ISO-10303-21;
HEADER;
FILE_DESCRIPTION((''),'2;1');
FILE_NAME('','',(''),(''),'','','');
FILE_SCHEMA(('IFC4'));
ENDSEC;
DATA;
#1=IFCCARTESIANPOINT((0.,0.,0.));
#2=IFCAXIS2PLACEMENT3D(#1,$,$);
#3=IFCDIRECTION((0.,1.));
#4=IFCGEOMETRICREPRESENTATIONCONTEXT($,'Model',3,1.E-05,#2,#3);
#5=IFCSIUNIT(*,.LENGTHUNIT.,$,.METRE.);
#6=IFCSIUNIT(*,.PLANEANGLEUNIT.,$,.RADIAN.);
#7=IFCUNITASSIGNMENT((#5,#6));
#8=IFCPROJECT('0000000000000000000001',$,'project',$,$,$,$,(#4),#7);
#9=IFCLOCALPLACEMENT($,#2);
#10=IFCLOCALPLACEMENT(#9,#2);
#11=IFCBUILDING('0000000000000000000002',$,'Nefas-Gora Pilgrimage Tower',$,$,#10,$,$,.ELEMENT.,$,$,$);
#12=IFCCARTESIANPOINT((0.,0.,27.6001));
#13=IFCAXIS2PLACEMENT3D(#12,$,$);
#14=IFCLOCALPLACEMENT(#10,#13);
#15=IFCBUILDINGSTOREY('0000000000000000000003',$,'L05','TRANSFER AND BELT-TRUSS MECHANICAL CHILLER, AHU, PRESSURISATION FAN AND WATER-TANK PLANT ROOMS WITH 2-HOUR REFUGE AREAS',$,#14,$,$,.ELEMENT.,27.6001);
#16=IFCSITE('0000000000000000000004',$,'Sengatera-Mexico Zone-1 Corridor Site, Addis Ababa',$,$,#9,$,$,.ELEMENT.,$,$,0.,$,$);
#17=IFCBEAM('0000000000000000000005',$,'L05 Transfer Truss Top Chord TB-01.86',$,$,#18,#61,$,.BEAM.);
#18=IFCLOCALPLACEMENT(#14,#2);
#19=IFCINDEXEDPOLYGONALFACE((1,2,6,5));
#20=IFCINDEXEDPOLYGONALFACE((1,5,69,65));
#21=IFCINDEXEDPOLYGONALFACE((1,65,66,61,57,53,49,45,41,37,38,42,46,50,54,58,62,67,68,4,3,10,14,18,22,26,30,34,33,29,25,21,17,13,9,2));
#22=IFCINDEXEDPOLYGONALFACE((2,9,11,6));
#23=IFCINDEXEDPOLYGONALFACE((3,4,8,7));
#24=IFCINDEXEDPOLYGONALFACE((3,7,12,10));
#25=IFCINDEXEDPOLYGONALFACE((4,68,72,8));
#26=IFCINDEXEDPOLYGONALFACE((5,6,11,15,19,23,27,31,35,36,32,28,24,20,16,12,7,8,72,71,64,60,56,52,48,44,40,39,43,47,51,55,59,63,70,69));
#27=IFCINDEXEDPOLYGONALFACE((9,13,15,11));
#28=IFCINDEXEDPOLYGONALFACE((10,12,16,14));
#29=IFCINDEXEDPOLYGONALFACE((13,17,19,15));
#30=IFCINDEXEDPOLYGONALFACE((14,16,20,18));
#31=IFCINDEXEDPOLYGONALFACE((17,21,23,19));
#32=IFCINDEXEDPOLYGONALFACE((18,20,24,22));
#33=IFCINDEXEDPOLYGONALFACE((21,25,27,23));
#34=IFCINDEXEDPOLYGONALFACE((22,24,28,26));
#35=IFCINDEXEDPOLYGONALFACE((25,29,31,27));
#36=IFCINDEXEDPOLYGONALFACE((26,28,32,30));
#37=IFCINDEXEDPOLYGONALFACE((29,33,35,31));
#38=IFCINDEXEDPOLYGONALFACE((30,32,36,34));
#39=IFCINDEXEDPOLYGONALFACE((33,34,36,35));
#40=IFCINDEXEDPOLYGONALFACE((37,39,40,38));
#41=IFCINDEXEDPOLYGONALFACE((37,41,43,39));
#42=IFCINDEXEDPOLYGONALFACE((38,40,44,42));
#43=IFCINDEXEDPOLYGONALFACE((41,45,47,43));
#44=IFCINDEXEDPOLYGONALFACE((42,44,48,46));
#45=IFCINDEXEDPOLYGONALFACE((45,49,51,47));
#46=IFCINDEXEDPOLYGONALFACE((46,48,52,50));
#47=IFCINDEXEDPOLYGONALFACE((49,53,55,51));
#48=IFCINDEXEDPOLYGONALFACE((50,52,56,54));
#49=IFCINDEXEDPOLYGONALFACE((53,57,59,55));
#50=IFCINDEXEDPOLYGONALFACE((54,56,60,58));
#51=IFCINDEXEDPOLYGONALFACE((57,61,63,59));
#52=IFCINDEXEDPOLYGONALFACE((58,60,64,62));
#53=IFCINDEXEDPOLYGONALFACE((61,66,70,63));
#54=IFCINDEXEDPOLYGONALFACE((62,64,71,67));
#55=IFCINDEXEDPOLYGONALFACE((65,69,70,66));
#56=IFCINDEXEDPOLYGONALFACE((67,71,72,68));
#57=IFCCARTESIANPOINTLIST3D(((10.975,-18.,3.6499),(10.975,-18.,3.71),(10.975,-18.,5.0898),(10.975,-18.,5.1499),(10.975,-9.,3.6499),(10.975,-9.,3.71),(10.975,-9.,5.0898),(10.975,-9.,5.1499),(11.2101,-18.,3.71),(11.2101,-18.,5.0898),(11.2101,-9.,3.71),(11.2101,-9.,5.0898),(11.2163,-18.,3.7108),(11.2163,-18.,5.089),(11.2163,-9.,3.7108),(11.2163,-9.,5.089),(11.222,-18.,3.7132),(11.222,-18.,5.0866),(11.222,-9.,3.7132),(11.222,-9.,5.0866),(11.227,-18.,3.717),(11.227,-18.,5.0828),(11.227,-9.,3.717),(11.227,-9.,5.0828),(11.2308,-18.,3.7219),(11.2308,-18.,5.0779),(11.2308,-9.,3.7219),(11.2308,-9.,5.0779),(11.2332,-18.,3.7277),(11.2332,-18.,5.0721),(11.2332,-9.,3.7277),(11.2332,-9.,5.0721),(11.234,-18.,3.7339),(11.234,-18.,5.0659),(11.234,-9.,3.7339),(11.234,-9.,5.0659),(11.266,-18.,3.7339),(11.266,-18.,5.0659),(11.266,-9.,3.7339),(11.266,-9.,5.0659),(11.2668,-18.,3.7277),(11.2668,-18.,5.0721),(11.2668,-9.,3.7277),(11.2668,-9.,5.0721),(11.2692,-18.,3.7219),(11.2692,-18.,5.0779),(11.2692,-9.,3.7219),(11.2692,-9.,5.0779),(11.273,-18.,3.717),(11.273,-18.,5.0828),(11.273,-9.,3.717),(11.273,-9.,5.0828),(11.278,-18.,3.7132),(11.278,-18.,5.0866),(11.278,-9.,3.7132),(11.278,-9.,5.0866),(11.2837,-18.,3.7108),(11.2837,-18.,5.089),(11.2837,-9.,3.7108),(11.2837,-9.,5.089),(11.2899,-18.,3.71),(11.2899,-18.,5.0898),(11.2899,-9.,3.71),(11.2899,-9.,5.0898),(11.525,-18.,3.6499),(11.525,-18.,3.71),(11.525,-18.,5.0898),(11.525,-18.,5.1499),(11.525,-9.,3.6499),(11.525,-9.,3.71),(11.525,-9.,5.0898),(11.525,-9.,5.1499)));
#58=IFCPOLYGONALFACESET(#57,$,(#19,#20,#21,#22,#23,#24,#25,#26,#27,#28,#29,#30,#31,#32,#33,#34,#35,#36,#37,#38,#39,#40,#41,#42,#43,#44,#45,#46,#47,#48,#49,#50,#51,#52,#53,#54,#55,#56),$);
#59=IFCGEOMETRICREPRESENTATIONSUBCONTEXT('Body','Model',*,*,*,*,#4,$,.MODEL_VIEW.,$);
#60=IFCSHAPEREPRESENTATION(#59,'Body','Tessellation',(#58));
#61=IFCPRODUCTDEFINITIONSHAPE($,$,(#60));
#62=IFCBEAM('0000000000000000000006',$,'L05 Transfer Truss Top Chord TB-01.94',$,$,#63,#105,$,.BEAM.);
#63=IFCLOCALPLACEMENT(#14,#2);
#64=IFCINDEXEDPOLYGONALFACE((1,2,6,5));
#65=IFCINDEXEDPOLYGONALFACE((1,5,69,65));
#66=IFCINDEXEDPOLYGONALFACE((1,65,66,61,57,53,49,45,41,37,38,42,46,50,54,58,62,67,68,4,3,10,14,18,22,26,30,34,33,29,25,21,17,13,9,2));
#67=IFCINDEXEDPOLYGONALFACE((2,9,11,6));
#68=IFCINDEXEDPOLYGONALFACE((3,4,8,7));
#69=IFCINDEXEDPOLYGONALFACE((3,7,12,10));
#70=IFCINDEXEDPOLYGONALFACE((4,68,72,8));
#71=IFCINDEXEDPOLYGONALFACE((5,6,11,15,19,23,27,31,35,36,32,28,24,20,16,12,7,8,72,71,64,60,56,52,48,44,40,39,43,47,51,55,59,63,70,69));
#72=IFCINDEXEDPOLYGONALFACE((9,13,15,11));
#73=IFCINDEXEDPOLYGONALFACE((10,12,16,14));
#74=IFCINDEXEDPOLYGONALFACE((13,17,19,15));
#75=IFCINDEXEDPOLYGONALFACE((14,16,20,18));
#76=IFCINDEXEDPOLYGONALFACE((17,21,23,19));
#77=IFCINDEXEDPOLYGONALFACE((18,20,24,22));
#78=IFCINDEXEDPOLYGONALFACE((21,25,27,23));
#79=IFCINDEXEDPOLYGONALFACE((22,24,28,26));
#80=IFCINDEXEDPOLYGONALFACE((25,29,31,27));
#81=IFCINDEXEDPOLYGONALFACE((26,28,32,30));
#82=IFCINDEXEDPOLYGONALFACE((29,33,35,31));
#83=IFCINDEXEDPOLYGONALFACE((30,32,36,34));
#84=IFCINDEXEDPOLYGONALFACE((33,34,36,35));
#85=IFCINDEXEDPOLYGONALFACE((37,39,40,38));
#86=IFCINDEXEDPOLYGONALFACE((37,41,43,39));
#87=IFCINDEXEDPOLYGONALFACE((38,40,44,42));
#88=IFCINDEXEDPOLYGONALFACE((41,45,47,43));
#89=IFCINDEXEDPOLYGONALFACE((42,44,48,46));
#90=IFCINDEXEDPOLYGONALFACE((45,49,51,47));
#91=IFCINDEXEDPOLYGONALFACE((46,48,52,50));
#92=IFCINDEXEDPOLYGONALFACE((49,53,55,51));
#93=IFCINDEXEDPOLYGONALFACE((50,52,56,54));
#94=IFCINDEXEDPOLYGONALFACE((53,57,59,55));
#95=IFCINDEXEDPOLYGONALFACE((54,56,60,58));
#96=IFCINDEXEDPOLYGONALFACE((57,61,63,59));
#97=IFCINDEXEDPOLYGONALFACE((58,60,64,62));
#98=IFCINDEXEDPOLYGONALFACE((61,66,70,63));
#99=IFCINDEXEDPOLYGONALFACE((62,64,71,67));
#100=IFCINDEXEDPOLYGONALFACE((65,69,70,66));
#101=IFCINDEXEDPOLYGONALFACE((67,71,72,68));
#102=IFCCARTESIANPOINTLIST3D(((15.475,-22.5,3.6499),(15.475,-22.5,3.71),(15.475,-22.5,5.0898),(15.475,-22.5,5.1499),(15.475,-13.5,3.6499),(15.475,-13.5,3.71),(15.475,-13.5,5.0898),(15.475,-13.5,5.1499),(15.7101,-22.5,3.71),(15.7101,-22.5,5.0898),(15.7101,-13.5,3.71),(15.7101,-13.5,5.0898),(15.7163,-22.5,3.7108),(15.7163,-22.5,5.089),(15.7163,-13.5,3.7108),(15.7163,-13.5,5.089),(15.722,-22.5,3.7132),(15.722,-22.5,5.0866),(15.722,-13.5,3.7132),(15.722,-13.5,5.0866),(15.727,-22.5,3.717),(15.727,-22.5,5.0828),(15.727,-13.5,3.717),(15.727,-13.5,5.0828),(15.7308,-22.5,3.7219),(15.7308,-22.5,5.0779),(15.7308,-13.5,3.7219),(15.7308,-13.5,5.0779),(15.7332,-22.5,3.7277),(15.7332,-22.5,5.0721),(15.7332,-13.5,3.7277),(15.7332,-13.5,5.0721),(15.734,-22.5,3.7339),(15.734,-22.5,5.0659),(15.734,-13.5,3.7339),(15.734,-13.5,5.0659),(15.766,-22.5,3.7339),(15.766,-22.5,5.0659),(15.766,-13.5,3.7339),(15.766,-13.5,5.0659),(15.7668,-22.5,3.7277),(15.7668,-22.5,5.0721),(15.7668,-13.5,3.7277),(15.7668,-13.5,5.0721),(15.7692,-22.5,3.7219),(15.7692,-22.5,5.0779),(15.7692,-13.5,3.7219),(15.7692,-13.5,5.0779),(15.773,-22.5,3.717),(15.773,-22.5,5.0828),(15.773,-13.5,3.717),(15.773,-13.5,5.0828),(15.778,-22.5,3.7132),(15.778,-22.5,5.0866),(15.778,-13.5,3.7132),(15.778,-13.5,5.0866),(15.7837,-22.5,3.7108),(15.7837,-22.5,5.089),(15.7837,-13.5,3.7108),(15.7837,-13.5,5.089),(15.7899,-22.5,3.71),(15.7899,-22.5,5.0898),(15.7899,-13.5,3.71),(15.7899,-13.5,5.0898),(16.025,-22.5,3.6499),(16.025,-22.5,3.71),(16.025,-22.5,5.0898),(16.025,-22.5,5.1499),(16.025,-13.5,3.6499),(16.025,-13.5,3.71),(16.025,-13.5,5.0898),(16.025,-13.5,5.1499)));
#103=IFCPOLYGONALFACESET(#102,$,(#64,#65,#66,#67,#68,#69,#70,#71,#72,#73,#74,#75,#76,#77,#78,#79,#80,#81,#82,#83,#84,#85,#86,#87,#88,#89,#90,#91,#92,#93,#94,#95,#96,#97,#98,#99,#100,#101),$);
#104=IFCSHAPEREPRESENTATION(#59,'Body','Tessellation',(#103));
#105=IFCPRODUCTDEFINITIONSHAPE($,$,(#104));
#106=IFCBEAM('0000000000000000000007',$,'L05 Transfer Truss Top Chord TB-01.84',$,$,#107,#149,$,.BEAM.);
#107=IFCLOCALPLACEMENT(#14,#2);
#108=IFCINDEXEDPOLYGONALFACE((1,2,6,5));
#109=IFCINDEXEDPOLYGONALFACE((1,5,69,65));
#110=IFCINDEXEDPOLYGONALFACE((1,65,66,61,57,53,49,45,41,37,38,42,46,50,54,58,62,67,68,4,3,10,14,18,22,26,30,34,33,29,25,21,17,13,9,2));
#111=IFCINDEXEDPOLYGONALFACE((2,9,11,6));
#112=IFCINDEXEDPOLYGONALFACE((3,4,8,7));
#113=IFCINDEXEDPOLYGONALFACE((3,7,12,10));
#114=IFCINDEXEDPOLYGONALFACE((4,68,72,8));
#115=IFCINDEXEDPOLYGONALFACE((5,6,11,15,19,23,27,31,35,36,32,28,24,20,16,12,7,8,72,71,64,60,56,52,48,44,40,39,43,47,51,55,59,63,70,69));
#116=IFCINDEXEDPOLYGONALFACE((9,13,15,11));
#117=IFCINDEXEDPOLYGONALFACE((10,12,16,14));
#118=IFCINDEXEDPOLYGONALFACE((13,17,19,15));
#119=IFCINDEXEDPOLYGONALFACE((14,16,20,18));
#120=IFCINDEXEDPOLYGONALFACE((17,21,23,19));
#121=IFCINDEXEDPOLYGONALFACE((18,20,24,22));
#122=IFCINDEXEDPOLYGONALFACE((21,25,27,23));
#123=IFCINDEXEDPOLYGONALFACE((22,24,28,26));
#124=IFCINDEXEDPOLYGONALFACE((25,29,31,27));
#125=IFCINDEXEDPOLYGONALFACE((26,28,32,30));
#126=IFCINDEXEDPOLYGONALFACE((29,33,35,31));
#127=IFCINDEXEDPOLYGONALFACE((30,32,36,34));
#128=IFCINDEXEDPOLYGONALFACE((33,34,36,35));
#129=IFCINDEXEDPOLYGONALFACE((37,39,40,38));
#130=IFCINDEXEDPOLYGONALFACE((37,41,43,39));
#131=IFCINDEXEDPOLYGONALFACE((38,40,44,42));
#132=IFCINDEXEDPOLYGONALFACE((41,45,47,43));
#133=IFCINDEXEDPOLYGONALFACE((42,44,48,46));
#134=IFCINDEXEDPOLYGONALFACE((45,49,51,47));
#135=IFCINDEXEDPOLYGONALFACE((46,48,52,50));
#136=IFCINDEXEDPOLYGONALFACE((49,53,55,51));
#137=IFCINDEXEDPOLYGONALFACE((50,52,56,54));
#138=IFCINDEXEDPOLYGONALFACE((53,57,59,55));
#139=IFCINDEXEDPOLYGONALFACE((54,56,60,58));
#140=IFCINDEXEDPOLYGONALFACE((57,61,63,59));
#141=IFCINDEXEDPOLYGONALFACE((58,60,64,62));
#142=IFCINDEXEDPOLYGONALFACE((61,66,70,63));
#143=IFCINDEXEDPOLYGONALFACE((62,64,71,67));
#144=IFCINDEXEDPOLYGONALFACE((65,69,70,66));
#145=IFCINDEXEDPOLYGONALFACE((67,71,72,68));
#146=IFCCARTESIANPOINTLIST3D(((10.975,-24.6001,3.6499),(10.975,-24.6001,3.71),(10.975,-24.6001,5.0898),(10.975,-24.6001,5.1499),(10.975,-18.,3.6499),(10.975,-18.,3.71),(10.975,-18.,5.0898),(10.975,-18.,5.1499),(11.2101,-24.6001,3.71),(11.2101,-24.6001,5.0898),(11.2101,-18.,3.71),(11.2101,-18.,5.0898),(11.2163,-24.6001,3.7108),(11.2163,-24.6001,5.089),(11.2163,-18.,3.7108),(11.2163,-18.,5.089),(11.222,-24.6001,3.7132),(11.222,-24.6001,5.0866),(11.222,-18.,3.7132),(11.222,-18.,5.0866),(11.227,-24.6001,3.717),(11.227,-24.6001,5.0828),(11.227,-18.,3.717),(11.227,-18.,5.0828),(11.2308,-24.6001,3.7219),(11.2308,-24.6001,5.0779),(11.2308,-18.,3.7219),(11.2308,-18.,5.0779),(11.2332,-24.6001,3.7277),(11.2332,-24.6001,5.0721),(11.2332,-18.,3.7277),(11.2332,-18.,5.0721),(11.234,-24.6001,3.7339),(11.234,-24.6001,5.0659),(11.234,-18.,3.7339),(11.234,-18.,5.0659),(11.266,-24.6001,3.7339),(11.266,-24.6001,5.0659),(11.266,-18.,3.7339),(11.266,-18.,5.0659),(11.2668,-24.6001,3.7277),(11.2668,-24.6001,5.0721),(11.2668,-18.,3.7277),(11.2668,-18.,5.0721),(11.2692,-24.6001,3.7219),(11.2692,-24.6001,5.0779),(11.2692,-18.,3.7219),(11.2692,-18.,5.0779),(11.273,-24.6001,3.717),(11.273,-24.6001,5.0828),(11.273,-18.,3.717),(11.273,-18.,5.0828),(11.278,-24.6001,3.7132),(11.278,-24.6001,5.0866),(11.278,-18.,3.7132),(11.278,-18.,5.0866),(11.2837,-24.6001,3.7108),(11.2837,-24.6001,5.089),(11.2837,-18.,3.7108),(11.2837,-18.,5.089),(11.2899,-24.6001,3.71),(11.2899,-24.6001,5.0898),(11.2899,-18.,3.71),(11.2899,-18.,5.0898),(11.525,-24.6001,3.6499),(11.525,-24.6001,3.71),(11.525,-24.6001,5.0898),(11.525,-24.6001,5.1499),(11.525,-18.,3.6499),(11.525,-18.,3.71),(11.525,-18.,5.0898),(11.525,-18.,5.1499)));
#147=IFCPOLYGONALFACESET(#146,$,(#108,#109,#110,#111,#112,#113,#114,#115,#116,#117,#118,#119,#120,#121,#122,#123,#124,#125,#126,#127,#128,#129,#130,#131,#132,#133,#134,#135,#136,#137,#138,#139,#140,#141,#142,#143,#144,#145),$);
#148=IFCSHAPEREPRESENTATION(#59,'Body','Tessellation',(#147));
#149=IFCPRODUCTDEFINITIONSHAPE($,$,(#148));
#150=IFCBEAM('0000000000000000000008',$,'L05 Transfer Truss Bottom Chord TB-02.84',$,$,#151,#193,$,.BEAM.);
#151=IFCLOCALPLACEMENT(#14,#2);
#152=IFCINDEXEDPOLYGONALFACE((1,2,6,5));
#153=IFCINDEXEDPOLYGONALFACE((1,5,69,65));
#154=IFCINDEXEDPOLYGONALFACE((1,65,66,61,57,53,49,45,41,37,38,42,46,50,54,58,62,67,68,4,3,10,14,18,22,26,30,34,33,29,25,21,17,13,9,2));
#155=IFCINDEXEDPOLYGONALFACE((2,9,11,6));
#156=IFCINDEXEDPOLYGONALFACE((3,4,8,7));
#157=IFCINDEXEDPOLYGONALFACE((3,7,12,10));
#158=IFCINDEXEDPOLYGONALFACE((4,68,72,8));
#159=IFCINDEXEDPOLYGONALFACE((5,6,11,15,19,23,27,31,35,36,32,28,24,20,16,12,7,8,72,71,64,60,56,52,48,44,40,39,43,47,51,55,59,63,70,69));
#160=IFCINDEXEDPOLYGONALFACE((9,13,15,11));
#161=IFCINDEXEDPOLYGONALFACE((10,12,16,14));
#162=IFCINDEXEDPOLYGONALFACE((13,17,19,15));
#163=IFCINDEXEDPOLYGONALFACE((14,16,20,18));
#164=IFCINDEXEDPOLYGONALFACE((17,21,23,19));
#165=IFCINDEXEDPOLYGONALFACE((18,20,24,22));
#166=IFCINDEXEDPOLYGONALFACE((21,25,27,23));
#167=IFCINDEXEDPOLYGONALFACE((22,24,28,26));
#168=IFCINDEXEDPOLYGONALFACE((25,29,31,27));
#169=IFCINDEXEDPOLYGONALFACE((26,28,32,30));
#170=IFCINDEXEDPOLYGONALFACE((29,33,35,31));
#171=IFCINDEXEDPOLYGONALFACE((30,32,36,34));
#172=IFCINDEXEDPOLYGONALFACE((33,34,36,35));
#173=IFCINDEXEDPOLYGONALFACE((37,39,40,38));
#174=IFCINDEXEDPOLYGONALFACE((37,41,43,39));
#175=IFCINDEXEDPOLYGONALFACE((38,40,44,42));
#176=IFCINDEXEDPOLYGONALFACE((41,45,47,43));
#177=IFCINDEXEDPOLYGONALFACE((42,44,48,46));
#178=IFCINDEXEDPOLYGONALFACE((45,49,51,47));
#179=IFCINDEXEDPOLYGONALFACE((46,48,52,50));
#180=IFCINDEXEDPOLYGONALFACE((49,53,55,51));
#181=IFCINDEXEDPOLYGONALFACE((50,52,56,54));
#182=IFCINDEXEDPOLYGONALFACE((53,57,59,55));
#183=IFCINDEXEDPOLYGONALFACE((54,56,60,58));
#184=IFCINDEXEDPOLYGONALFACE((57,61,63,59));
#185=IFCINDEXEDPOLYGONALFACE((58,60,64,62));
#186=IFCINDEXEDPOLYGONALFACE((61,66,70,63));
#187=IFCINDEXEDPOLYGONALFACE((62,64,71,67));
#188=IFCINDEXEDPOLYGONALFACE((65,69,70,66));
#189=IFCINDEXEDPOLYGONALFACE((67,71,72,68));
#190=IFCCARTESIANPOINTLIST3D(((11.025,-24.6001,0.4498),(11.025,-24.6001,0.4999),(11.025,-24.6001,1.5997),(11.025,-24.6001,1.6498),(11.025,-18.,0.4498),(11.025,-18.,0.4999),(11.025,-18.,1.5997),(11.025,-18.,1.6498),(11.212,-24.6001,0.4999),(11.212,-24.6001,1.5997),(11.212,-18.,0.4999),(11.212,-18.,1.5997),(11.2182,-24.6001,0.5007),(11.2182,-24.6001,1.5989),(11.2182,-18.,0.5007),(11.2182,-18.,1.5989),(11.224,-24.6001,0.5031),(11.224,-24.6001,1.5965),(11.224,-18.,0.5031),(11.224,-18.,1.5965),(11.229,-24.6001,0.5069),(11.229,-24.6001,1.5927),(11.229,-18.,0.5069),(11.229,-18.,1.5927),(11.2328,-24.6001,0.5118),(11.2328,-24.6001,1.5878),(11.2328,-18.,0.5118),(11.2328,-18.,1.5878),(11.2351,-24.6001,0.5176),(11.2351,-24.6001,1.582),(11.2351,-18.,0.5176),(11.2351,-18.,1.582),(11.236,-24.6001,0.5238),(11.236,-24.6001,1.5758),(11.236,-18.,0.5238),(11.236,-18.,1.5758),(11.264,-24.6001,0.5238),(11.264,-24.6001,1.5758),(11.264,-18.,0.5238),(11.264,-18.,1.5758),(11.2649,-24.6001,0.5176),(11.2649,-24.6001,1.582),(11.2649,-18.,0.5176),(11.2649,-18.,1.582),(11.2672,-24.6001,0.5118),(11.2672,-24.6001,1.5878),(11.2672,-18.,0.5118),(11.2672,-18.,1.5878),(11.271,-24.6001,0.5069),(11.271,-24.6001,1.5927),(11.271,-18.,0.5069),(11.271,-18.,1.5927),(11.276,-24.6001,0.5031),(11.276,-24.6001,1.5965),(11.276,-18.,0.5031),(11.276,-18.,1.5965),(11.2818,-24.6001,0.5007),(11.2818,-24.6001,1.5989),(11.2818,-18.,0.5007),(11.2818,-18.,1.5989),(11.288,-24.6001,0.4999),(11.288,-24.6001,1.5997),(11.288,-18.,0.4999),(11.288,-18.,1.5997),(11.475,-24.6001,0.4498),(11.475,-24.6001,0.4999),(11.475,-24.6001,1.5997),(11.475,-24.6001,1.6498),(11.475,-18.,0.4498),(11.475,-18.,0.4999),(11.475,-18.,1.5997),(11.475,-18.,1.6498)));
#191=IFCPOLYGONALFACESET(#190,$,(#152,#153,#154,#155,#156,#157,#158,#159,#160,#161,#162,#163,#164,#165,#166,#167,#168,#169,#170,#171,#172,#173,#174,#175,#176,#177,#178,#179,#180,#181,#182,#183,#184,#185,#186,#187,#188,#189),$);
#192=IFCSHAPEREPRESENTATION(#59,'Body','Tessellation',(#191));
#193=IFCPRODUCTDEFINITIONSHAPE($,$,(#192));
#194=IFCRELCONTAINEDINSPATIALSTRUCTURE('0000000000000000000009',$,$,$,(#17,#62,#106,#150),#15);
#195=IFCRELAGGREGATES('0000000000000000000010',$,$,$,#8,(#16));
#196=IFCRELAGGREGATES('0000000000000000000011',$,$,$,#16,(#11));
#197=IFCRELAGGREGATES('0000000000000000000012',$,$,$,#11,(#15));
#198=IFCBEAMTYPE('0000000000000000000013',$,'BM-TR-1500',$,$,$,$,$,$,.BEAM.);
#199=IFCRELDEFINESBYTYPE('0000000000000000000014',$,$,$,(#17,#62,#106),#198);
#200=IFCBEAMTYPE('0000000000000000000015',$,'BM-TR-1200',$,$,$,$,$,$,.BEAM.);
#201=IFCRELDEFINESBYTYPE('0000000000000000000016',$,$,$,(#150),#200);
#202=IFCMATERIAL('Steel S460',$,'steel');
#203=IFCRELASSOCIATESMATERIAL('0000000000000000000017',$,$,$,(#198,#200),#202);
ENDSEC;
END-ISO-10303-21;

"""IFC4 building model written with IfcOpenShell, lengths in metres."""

from ifc_helpers import new_model, si_unit, direction, frame, origin, origin_2d, place, context, subcontext, project, spatial, i_section, extrude, source, transform, mapped, material, material_profile, profile_set, type_object, element, save


model = new_model("IFC4")

# Units and contexts
model_context = context("Model", 3, precision=1e-05, world=origin(), true_north=direction((0.0, 1.0)))
body_context = subcontext(model_context, "Body", "Model", "MODEL_VIEW")
ifc_project = project(units=[si_unit("LENGTHUNIT", "METRE"), si_unit("PLANEANGLEUNIT", "RADIAN")], contexts=[model_context])

# Site, building, storey
site_placement = place(None, origin())
site = spatial("IfcSite", under=ifc_project, at=site_placement, Name="Sengatera-Mexico Zone-1 Corridor Site, Addis Ababa", CompositionType="ELEMENT", RefElevation=0.0)
building_placement = place(site_placement, origin())
building = spatial("IfcBuilding", under=site, at=building_placement, Name="Nefas-Gora Pilgrimage Tower", CompositionType="ELEMENT")
storey_placement = place(building_placement, frame((0.0, 0.0, 27.6001)))
storey = spatial("IfcBuildingStorey", under=building, at=storey_placement, Name="L05", Description="TRANSFER AND BELT-TRUSS MECHANICAL CHILLER, AHU, PRESSURISATION FAN AND WATER-TANK PLANT ROOMS WITH 2-HOUR REFUGE AREAS", CompositionType="ELEMENT", Elevation=27.6001)

# Shared definitions
ifc_material = material(Name="Steel S460", Category="steel")

# Shared definitions
ifc_material_profile_1 = material_profile(ifc_material, i_section(OverallWidth=0.55, OverallDepth=1.5, WebThickness=0.032, FlangeThickness=0.0601, FilletRadius=0.0239, at=origin_2d()), Name="WPG 1500x550x32x60")
ifc_profile_set_1 = profile_set([ifc_material_profile_1], Name="Steel S460")
beam_type_1 = type_object("IfcBeamType", Name="BM-TR-1500", PredefinedType="BEAM", material=ifc_profile_set_1)
ifc_material_profile_2 = material_profile(ifc_material, i_section(OverallWidth=0.45, OverallDepth=1.2, WebThickness=0.0281, FlangeThickness=0.05, FilletRadius=0.0239, at=origin_2d()), Name="WPG 1200x450x28x50")
ifc_profile_set_2 = profile_set([ifc_material_profile_2], Name="Steel S460")
beam_type_2 = type_object("IfcBeamType", Name="BM-TR-1200", PredefinedType="BEAM", material=ifc_profile_set_2)

# Beams
shared_shape_1 = source(origin(), body_context, "Body", "SweptSolid", [
    extrude(i_section(OverallWidth=0.55, OverallDepth=1.5, WebThickness=0.032, FlangeThickness=0.0601, FilletRadius=0.0239, at=origin_2d()), origin(), (0.0, 0.0, 1.0), 9.0),
])
for number, where, z_axis, x_axis, name in (
    (1, (11.25, -18.0, 4.3999), (0.0, 1.0, 0.0), (-1.0, 0.0, 0.0), "L05 Transfer Truss Top Chord TB-01.86"),
    (2, (15.75, -22.5, 4.3999), (0.0, 1.0, 0.0), (-1.0, 0.0, 0.0), "L05 Transfer Truss Top Chord TB-01.94"),
):
    element("IfcBeam", number, at=place(storey_placement, frame(where, z_axis=z_axis, x_axis=x_axis)), inside=storey, type_object=beam_type_1, Name=name, PredefinedType="BEAM", context=body_context, shape_type="MappedRepresentation", body=[
        mapped(shared_shape_1, transform((0.0, 0.0, 0.0), x_axis=(1.0, 0.0, 0.0), y_axis=(0.0, 1.0, 0.0), z_axis=(0.0, 0.0, 1.0), scale=1.0)),
    ])
shared_shape_2 = source(origin(), body_context, "Body", "SweptSolid", [
    extrude(i_section(OverallWidth=0.55, OverallDepth=1.5, WebThickness=0.032, FlangeThickness=0.0601, FilletRadius=0.0239, at=origin_2d()), origin(), (0.0, 0.0, 1.0), 6.6001),
])
beam_1_placement = place(storey_placement, frame((11.25, -24.6001, 4.3999), z_axis=(0.0, 1.0, 0.0), x_axis=(-1.0, 0.0, 0.0)))
element("IfcBeam", 3, at=beam_1_placement, inside=storey, type_object=beam_type_1, Name="L05 Transfer Truss Top Chord TB-01.84", PredefinedType="BEAM", context=body_context, shape_type="MappedRepresentation", body=[
    mapped(shared_shape_2, transform((0.0, 0.0, 0.0), x_axis=(1.0, 0.0, 0.0), y_axis=(0.0, 1.0, 0.0), z_axis=(0.0, 0.0, 1.0), scale=1.0)),
])
shared_shape_3 = source(origin(), body_context, "Body", "SweptSolid", [
    extrude(i_section(OverallWidth=0.45, OverallDepth=1.2, WebThickness=0.0281, FlangeThickness=0.05, FilletRadius=0.0239, at=origin_2d()), origin(), (0.0, 0.0, 1.0), 6.6001),
])
beam_2_placement = place(storey_placement, frame((11.25, -24.6001, 1.0498), z_axis=(0.0, 1.0, 0.0), x_axis=(-1.0, 0.0, 0.0)))
element("IfcBeam", 4, at=beam_2_placement, inside=storey, type_object=beam_type_2, Name="L05 Transfer Truss Bottom Chord TB-02.84", PredefinedType="BEAM", context=body_context, shape_type="MappedRepresentation", body=[
    mapped(shared_shape_3, transform((0.0, 0.0, 0.0), x_axis=(1.0, 0.0, 0.0), y_axis=(0.0, 1.0, 0.0), z_axis=(0.0, 0.0, 1.0), scale=1.0)),
])

save(model, "model.ifc")
